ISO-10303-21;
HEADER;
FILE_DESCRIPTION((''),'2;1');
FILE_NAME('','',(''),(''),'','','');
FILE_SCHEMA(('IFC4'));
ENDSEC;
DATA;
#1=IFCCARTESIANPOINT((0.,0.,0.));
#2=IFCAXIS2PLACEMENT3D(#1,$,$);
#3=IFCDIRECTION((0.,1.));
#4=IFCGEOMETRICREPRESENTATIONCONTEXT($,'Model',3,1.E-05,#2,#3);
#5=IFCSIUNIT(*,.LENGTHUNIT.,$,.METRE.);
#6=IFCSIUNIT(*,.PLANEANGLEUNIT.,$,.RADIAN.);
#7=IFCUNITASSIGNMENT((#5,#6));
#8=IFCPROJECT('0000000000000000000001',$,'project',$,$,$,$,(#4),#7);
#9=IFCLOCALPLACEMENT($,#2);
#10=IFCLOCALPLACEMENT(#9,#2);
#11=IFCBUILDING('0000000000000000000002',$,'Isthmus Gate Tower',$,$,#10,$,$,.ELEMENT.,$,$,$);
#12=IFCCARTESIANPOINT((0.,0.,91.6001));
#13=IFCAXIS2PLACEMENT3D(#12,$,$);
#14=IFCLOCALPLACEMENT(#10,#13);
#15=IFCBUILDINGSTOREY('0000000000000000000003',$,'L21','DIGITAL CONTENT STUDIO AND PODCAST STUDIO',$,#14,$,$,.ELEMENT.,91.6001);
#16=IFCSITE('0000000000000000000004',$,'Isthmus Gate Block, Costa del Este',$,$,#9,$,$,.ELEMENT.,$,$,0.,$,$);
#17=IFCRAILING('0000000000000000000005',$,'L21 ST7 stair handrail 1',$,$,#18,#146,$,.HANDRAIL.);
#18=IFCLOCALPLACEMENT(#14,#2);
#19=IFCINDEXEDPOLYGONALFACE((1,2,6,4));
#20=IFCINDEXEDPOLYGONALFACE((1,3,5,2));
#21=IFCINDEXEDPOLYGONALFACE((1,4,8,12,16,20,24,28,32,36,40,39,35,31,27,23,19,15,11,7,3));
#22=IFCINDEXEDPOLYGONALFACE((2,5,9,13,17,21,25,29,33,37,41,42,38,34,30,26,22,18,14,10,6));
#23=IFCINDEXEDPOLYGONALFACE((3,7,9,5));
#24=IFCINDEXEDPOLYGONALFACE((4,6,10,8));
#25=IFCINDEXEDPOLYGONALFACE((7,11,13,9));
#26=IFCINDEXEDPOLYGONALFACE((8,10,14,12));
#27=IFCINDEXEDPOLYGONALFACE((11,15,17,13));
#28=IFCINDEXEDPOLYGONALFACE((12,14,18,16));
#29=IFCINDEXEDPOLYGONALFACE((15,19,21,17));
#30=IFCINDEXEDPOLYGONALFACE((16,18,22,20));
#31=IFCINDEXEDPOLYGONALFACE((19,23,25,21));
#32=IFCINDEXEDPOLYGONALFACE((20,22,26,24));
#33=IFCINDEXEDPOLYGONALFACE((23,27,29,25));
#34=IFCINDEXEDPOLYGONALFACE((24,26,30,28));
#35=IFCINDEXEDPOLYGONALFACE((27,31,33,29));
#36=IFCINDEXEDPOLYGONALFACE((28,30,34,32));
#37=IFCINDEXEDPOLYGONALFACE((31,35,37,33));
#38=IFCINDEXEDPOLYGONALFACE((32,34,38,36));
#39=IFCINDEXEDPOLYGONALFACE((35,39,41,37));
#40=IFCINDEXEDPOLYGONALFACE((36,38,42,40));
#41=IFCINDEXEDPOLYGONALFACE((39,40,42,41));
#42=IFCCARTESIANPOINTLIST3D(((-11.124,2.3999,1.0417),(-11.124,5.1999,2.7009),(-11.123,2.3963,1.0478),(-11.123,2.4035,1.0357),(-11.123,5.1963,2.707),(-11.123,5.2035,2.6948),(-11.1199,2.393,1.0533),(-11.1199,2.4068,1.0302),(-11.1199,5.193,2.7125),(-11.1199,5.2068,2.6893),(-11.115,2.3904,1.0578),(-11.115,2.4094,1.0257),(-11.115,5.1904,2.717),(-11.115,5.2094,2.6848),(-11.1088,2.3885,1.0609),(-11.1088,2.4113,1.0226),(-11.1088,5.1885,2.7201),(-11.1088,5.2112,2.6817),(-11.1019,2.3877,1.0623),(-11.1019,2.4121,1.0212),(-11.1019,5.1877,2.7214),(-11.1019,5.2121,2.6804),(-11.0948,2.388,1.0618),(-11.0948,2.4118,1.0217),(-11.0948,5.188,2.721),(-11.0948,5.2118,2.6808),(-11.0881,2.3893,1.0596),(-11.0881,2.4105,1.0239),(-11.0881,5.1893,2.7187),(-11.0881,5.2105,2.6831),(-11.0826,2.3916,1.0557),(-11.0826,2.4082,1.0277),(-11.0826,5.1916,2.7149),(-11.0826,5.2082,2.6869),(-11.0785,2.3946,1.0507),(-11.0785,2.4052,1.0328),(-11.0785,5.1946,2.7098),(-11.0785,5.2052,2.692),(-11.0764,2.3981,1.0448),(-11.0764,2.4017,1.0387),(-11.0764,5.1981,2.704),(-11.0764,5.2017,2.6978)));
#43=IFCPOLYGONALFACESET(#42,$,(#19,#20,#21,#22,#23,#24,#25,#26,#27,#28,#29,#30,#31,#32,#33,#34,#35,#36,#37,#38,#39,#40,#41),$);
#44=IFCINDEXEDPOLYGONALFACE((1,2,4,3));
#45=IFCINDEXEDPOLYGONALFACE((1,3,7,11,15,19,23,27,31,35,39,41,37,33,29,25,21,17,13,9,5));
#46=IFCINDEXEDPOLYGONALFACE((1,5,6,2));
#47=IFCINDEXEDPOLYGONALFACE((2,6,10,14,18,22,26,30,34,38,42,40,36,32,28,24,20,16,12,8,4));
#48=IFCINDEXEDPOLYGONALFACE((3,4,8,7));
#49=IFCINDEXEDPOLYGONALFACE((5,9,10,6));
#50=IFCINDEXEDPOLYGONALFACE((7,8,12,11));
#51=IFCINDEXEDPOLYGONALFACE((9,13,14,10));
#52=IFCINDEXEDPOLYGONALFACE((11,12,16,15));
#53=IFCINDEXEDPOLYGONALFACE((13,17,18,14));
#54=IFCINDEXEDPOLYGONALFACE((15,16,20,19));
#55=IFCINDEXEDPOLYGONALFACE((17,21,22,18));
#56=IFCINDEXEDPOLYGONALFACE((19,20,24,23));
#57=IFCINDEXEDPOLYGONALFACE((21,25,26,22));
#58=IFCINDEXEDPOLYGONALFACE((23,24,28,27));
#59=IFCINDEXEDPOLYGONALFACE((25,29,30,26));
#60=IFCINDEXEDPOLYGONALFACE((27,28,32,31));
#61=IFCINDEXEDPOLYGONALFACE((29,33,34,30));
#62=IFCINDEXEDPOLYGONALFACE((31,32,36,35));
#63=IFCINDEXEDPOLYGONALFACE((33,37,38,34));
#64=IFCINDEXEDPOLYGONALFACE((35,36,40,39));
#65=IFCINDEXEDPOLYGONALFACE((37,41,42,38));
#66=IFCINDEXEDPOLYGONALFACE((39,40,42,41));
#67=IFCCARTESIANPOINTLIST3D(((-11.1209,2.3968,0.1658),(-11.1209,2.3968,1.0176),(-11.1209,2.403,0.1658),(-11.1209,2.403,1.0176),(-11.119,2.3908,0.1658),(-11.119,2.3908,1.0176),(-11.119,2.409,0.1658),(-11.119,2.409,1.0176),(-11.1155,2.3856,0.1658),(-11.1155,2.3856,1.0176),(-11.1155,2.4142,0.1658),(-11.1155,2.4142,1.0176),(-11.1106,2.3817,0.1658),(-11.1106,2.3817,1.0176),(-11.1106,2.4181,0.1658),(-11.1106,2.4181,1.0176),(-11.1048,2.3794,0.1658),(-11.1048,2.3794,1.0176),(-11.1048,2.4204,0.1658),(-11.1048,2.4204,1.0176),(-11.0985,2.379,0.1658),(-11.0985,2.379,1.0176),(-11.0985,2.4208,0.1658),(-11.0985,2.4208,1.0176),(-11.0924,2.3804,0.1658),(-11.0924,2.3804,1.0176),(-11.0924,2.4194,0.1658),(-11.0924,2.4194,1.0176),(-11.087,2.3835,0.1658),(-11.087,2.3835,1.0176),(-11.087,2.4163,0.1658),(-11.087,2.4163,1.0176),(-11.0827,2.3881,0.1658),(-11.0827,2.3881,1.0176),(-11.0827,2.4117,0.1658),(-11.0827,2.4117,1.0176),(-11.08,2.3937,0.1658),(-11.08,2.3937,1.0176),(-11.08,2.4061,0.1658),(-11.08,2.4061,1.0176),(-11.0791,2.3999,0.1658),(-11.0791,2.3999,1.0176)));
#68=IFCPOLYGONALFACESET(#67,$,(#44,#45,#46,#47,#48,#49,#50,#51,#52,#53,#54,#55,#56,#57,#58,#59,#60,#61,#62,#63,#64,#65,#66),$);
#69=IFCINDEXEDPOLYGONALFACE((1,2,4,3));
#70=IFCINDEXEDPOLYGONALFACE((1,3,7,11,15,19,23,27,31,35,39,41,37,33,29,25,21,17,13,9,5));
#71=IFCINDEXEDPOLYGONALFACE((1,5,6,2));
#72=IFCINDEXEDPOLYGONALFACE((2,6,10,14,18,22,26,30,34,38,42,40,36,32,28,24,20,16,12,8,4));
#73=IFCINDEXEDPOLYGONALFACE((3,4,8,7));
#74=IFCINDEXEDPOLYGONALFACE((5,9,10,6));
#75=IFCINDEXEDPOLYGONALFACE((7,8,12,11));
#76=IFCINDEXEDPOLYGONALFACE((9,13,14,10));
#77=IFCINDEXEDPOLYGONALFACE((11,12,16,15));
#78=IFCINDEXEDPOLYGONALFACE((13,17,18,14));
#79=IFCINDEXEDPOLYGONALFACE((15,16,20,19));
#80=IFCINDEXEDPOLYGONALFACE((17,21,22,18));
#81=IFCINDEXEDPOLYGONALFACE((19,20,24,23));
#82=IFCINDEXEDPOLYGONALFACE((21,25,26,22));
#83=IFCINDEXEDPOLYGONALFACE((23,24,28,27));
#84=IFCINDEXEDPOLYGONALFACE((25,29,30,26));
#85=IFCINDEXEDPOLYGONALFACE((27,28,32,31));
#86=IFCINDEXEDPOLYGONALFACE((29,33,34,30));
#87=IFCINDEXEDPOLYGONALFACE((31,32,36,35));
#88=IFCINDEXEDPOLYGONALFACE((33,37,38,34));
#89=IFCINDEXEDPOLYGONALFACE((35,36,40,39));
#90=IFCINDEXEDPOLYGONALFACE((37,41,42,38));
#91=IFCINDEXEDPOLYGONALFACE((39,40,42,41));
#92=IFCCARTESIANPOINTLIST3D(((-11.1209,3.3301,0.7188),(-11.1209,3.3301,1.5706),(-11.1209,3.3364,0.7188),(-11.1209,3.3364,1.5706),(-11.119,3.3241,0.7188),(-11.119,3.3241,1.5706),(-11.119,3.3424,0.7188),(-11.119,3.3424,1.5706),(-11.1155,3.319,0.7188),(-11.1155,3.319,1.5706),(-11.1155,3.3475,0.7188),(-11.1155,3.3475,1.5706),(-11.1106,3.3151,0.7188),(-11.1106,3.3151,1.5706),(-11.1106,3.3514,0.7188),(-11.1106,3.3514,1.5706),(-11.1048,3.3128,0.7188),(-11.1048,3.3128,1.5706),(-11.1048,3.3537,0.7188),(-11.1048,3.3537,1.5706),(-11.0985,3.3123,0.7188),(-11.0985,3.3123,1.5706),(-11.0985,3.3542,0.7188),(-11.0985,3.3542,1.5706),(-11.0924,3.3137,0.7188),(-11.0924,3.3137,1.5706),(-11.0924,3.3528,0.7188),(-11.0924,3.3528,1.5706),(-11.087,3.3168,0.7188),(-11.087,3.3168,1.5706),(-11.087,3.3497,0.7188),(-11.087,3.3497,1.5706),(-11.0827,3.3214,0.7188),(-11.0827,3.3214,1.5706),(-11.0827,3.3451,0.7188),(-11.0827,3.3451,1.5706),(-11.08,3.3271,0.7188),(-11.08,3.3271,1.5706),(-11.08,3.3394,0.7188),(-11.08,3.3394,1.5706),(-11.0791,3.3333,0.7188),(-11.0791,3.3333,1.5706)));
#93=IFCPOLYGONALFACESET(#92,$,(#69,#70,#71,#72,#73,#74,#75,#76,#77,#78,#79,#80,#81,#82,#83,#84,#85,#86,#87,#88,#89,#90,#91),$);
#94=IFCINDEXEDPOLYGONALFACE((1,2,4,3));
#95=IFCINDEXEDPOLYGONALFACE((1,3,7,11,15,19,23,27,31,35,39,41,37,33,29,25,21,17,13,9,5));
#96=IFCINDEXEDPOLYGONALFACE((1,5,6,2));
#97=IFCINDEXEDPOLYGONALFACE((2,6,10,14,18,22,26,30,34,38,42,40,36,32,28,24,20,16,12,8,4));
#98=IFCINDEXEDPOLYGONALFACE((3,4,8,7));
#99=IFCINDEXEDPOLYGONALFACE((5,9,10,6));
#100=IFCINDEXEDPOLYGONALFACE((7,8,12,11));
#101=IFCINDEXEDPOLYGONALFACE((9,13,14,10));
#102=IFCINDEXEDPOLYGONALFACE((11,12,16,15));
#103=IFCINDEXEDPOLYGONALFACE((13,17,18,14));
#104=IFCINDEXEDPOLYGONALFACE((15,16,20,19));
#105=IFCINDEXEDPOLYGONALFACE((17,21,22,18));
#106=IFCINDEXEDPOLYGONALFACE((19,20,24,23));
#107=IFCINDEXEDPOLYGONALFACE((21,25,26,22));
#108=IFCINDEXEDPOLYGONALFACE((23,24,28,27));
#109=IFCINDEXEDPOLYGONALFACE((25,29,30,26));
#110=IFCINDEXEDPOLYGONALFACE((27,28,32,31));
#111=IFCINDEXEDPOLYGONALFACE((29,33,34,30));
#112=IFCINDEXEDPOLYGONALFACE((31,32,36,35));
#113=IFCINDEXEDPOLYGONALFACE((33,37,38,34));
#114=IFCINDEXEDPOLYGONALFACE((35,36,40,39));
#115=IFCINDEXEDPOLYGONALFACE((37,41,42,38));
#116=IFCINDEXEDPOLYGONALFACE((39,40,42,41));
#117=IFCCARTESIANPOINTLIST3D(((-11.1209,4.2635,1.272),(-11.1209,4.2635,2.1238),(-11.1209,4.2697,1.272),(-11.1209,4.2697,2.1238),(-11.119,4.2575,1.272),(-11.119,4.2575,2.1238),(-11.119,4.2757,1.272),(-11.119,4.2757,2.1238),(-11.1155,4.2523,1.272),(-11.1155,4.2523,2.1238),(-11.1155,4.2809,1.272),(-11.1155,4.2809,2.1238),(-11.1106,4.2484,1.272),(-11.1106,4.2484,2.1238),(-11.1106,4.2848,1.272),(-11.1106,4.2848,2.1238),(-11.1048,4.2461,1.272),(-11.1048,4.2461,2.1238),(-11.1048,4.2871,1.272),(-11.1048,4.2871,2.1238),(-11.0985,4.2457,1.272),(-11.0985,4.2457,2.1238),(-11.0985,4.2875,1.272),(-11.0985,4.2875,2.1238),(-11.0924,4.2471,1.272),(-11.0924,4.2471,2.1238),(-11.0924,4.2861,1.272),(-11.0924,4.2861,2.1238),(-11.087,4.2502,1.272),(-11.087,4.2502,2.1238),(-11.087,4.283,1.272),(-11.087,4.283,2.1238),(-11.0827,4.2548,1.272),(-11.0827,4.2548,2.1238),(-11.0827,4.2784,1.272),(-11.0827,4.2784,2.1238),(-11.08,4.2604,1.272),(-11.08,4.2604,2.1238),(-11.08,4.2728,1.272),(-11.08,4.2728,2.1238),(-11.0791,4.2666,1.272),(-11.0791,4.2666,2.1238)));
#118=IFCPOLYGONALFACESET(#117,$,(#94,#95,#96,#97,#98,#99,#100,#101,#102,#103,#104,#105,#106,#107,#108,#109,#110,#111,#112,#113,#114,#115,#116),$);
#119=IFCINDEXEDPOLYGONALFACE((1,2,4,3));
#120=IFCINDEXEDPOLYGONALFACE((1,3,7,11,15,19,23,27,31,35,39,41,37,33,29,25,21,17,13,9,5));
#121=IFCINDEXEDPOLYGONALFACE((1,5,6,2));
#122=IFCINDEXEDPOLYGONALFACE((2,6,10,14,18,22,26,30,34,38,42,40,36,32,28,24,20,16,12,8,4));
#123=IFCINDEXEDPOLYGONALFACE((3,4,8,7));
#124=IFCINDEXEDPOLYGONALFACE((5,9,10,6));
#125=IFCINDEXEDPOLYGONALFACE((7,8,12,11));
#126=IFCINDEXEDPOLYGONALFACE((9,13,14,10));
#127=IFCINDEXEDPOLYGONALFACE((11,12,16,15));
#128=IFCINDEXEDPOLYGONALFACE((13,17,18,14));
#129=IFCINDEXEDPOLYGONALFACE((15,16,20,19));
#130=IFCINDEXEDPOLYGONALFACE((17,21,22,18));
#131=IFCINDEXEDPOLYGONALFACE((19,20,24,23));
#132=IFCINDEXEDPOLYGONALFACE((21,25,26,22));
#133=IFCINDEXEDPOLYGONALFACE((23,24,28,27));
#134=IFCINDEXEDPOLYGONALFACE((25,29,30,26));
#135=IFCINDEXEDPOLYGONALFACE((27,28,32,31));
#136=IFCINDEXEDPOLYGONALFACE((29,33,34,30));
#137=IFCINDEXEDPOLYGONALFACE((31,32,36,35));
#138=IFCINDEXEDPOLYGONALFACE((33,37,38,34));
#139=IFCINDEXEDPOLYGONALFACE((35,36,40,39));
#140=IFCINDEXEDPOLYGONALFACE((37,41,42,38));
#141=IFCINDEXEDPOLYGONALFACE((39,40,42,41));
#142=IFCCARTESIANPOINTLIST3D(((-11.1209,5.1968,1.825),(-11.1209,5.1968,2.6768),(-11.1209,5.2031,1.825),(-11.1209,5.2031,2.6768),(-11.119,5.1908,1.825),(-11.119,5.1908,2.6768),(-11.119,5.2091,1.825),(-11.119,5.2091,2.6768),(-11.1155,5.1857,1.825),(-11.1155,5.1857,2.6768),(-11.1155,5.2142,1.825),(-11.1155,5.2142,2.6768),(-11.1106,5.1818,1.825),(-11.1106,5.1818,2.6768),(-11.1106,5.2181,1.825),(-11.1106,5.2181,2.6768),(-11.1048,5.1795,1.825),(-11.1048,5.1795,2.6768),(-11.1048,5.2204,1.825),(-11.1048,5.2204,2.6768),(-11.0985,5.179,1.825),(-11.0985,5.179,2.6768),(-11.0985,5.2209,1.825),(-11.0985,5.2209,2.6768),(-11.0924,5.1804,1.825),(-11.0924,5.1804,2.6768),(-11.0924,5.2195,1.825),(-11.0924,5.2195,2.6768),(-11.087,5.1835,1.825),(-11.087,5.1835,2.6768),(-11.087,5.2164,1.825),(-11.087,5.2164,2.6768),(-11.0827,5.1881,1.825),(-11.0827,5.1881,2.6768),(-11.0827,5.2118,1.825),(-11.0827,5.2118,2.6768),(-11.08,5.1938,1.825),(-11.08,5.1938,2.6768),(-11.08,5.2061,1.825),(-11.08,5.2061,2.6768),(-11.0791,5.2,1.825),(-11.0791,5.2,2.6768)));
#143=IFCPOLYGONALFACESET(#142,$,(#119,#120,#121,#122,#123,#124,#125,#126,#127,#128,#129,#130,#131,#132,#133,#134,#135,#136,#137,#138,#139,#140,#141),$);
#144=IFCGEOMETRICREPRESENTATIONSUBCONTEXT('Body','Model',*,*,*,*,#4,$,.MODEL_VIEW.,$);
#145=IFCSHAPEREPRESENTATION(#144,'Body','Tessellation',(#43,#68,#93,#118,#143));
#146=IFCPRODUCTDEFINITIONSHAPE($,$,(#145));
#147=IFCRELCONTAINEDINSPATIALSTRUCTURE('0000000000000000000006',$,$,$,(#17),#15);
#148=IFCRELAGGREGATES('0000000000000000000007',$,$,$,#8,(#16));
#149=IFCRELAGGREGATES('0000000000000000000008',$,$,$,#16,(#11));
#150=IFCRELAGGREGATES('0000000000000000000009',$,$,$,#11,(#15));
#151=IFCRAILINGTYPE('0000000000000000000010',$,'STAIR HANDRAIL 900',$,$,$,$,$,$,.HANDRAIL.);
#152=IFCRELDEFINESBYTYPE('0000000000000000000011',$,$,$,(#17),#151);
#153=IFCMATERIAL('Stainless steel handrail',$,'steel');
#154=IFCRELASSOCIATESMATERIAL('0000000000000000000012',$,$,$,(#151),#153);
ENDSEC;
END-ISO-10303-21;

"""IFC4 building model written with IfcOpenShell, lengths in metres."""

from ifc_helpers import new_model, si_unit, direction, frame, origin, origin_2d, place, context, subcontext, project, spatial, circle, extrude, material, type_object, element, save


model = new_model("IFC4")

# Units and contexts
model_context = context("Model", 3, precision=1e-05, world=origin(), true_north=direction((0.0, 1.0)))
body_context = subcontext(model_context, "Body", "Model", "MODEL_VIEW")
ifc_project = project(units=[si_unit("LENGTHUNIT", "METRE"), si_unit("PLANEANGLEUNIT", "RADIAN")], contexts=[model_context])

# Site, building, storey
site_placement = place(None, origin())
site = spatial("IfcSite", under=ifc_project, at=site_placement, Name="Isthmus Gate Block, Costa del Este", CompositionType="ELEMENT", RefElevation=0.0)
building_placement = place(site_placement, origin())
building = spatial("IfcBuilding", under=site, at=building_placement, Name="Isthmus Gate Tower", CompositionType="ELEMENT")
storey_placement = place(building_placement, frame((0.0, 0.0, 91.6001)))
storey = spatial("IfcBuildingStorey", under=building, at=storey_placement, Name="L21", Description="DIGITAL CONTENT STUDIO AND PODCAST STUDIO", CompositionType="ELEMENT", Elevation=91.6001)

# Railing
ifc_material_1 = material(Name="Stainless steel handrail", Category="steel")
railing_type_1 = type_object("IfcRailingType", Name="STAIR HANDRAIL 900", PredefinedType="HANDRAIL", material=ifc_material_1)
railing_1_placement = place(storey_placement, frame((-11.1001, 2.3999, 0.1658)))
element("IfcRailing", 1, at=railing_1_placement, inside=storey, type_object=railing_type_1, Name="L21 ST7 stair handrail 1", PredefinedType="HANDRAIL", context=body_context, shape_type="SweptSolid", body=[
    extrude(circle(Radius=0.0239, at=origin_2d()), frame((0.0, 0.0, 0.876), z_axis=(0.0, 0.860306, 0.509778), x_axis=(-1.0, 0.0, 0.0)), (0.0, 0.0, 1.0), 3.2546),
    extrude(circle(Radius=0.021, at=origin_2d()), origin(), (0.0, 0.0, 1.0), 0.8518),
    extrude(circle(Radius=0.021, at=origin_2d()), frame((0.0, 0.9333, 0.553)), (0.0, 0.0, 1.0), 0.8518),
    extrude(circle(Radius=0.021, at=origin_2d()), frame((0.0, 1.8667, 1.1062)), (0.0, 0.0, 1.0), 0.8518),
    extrude(circle(Radius=0.021, at=origin_2d()), frame((0.0, 2.8, 1.6592)), (0.0, 0.0, 1.0), 0.8518),
])

save(model, "model.ifc")
